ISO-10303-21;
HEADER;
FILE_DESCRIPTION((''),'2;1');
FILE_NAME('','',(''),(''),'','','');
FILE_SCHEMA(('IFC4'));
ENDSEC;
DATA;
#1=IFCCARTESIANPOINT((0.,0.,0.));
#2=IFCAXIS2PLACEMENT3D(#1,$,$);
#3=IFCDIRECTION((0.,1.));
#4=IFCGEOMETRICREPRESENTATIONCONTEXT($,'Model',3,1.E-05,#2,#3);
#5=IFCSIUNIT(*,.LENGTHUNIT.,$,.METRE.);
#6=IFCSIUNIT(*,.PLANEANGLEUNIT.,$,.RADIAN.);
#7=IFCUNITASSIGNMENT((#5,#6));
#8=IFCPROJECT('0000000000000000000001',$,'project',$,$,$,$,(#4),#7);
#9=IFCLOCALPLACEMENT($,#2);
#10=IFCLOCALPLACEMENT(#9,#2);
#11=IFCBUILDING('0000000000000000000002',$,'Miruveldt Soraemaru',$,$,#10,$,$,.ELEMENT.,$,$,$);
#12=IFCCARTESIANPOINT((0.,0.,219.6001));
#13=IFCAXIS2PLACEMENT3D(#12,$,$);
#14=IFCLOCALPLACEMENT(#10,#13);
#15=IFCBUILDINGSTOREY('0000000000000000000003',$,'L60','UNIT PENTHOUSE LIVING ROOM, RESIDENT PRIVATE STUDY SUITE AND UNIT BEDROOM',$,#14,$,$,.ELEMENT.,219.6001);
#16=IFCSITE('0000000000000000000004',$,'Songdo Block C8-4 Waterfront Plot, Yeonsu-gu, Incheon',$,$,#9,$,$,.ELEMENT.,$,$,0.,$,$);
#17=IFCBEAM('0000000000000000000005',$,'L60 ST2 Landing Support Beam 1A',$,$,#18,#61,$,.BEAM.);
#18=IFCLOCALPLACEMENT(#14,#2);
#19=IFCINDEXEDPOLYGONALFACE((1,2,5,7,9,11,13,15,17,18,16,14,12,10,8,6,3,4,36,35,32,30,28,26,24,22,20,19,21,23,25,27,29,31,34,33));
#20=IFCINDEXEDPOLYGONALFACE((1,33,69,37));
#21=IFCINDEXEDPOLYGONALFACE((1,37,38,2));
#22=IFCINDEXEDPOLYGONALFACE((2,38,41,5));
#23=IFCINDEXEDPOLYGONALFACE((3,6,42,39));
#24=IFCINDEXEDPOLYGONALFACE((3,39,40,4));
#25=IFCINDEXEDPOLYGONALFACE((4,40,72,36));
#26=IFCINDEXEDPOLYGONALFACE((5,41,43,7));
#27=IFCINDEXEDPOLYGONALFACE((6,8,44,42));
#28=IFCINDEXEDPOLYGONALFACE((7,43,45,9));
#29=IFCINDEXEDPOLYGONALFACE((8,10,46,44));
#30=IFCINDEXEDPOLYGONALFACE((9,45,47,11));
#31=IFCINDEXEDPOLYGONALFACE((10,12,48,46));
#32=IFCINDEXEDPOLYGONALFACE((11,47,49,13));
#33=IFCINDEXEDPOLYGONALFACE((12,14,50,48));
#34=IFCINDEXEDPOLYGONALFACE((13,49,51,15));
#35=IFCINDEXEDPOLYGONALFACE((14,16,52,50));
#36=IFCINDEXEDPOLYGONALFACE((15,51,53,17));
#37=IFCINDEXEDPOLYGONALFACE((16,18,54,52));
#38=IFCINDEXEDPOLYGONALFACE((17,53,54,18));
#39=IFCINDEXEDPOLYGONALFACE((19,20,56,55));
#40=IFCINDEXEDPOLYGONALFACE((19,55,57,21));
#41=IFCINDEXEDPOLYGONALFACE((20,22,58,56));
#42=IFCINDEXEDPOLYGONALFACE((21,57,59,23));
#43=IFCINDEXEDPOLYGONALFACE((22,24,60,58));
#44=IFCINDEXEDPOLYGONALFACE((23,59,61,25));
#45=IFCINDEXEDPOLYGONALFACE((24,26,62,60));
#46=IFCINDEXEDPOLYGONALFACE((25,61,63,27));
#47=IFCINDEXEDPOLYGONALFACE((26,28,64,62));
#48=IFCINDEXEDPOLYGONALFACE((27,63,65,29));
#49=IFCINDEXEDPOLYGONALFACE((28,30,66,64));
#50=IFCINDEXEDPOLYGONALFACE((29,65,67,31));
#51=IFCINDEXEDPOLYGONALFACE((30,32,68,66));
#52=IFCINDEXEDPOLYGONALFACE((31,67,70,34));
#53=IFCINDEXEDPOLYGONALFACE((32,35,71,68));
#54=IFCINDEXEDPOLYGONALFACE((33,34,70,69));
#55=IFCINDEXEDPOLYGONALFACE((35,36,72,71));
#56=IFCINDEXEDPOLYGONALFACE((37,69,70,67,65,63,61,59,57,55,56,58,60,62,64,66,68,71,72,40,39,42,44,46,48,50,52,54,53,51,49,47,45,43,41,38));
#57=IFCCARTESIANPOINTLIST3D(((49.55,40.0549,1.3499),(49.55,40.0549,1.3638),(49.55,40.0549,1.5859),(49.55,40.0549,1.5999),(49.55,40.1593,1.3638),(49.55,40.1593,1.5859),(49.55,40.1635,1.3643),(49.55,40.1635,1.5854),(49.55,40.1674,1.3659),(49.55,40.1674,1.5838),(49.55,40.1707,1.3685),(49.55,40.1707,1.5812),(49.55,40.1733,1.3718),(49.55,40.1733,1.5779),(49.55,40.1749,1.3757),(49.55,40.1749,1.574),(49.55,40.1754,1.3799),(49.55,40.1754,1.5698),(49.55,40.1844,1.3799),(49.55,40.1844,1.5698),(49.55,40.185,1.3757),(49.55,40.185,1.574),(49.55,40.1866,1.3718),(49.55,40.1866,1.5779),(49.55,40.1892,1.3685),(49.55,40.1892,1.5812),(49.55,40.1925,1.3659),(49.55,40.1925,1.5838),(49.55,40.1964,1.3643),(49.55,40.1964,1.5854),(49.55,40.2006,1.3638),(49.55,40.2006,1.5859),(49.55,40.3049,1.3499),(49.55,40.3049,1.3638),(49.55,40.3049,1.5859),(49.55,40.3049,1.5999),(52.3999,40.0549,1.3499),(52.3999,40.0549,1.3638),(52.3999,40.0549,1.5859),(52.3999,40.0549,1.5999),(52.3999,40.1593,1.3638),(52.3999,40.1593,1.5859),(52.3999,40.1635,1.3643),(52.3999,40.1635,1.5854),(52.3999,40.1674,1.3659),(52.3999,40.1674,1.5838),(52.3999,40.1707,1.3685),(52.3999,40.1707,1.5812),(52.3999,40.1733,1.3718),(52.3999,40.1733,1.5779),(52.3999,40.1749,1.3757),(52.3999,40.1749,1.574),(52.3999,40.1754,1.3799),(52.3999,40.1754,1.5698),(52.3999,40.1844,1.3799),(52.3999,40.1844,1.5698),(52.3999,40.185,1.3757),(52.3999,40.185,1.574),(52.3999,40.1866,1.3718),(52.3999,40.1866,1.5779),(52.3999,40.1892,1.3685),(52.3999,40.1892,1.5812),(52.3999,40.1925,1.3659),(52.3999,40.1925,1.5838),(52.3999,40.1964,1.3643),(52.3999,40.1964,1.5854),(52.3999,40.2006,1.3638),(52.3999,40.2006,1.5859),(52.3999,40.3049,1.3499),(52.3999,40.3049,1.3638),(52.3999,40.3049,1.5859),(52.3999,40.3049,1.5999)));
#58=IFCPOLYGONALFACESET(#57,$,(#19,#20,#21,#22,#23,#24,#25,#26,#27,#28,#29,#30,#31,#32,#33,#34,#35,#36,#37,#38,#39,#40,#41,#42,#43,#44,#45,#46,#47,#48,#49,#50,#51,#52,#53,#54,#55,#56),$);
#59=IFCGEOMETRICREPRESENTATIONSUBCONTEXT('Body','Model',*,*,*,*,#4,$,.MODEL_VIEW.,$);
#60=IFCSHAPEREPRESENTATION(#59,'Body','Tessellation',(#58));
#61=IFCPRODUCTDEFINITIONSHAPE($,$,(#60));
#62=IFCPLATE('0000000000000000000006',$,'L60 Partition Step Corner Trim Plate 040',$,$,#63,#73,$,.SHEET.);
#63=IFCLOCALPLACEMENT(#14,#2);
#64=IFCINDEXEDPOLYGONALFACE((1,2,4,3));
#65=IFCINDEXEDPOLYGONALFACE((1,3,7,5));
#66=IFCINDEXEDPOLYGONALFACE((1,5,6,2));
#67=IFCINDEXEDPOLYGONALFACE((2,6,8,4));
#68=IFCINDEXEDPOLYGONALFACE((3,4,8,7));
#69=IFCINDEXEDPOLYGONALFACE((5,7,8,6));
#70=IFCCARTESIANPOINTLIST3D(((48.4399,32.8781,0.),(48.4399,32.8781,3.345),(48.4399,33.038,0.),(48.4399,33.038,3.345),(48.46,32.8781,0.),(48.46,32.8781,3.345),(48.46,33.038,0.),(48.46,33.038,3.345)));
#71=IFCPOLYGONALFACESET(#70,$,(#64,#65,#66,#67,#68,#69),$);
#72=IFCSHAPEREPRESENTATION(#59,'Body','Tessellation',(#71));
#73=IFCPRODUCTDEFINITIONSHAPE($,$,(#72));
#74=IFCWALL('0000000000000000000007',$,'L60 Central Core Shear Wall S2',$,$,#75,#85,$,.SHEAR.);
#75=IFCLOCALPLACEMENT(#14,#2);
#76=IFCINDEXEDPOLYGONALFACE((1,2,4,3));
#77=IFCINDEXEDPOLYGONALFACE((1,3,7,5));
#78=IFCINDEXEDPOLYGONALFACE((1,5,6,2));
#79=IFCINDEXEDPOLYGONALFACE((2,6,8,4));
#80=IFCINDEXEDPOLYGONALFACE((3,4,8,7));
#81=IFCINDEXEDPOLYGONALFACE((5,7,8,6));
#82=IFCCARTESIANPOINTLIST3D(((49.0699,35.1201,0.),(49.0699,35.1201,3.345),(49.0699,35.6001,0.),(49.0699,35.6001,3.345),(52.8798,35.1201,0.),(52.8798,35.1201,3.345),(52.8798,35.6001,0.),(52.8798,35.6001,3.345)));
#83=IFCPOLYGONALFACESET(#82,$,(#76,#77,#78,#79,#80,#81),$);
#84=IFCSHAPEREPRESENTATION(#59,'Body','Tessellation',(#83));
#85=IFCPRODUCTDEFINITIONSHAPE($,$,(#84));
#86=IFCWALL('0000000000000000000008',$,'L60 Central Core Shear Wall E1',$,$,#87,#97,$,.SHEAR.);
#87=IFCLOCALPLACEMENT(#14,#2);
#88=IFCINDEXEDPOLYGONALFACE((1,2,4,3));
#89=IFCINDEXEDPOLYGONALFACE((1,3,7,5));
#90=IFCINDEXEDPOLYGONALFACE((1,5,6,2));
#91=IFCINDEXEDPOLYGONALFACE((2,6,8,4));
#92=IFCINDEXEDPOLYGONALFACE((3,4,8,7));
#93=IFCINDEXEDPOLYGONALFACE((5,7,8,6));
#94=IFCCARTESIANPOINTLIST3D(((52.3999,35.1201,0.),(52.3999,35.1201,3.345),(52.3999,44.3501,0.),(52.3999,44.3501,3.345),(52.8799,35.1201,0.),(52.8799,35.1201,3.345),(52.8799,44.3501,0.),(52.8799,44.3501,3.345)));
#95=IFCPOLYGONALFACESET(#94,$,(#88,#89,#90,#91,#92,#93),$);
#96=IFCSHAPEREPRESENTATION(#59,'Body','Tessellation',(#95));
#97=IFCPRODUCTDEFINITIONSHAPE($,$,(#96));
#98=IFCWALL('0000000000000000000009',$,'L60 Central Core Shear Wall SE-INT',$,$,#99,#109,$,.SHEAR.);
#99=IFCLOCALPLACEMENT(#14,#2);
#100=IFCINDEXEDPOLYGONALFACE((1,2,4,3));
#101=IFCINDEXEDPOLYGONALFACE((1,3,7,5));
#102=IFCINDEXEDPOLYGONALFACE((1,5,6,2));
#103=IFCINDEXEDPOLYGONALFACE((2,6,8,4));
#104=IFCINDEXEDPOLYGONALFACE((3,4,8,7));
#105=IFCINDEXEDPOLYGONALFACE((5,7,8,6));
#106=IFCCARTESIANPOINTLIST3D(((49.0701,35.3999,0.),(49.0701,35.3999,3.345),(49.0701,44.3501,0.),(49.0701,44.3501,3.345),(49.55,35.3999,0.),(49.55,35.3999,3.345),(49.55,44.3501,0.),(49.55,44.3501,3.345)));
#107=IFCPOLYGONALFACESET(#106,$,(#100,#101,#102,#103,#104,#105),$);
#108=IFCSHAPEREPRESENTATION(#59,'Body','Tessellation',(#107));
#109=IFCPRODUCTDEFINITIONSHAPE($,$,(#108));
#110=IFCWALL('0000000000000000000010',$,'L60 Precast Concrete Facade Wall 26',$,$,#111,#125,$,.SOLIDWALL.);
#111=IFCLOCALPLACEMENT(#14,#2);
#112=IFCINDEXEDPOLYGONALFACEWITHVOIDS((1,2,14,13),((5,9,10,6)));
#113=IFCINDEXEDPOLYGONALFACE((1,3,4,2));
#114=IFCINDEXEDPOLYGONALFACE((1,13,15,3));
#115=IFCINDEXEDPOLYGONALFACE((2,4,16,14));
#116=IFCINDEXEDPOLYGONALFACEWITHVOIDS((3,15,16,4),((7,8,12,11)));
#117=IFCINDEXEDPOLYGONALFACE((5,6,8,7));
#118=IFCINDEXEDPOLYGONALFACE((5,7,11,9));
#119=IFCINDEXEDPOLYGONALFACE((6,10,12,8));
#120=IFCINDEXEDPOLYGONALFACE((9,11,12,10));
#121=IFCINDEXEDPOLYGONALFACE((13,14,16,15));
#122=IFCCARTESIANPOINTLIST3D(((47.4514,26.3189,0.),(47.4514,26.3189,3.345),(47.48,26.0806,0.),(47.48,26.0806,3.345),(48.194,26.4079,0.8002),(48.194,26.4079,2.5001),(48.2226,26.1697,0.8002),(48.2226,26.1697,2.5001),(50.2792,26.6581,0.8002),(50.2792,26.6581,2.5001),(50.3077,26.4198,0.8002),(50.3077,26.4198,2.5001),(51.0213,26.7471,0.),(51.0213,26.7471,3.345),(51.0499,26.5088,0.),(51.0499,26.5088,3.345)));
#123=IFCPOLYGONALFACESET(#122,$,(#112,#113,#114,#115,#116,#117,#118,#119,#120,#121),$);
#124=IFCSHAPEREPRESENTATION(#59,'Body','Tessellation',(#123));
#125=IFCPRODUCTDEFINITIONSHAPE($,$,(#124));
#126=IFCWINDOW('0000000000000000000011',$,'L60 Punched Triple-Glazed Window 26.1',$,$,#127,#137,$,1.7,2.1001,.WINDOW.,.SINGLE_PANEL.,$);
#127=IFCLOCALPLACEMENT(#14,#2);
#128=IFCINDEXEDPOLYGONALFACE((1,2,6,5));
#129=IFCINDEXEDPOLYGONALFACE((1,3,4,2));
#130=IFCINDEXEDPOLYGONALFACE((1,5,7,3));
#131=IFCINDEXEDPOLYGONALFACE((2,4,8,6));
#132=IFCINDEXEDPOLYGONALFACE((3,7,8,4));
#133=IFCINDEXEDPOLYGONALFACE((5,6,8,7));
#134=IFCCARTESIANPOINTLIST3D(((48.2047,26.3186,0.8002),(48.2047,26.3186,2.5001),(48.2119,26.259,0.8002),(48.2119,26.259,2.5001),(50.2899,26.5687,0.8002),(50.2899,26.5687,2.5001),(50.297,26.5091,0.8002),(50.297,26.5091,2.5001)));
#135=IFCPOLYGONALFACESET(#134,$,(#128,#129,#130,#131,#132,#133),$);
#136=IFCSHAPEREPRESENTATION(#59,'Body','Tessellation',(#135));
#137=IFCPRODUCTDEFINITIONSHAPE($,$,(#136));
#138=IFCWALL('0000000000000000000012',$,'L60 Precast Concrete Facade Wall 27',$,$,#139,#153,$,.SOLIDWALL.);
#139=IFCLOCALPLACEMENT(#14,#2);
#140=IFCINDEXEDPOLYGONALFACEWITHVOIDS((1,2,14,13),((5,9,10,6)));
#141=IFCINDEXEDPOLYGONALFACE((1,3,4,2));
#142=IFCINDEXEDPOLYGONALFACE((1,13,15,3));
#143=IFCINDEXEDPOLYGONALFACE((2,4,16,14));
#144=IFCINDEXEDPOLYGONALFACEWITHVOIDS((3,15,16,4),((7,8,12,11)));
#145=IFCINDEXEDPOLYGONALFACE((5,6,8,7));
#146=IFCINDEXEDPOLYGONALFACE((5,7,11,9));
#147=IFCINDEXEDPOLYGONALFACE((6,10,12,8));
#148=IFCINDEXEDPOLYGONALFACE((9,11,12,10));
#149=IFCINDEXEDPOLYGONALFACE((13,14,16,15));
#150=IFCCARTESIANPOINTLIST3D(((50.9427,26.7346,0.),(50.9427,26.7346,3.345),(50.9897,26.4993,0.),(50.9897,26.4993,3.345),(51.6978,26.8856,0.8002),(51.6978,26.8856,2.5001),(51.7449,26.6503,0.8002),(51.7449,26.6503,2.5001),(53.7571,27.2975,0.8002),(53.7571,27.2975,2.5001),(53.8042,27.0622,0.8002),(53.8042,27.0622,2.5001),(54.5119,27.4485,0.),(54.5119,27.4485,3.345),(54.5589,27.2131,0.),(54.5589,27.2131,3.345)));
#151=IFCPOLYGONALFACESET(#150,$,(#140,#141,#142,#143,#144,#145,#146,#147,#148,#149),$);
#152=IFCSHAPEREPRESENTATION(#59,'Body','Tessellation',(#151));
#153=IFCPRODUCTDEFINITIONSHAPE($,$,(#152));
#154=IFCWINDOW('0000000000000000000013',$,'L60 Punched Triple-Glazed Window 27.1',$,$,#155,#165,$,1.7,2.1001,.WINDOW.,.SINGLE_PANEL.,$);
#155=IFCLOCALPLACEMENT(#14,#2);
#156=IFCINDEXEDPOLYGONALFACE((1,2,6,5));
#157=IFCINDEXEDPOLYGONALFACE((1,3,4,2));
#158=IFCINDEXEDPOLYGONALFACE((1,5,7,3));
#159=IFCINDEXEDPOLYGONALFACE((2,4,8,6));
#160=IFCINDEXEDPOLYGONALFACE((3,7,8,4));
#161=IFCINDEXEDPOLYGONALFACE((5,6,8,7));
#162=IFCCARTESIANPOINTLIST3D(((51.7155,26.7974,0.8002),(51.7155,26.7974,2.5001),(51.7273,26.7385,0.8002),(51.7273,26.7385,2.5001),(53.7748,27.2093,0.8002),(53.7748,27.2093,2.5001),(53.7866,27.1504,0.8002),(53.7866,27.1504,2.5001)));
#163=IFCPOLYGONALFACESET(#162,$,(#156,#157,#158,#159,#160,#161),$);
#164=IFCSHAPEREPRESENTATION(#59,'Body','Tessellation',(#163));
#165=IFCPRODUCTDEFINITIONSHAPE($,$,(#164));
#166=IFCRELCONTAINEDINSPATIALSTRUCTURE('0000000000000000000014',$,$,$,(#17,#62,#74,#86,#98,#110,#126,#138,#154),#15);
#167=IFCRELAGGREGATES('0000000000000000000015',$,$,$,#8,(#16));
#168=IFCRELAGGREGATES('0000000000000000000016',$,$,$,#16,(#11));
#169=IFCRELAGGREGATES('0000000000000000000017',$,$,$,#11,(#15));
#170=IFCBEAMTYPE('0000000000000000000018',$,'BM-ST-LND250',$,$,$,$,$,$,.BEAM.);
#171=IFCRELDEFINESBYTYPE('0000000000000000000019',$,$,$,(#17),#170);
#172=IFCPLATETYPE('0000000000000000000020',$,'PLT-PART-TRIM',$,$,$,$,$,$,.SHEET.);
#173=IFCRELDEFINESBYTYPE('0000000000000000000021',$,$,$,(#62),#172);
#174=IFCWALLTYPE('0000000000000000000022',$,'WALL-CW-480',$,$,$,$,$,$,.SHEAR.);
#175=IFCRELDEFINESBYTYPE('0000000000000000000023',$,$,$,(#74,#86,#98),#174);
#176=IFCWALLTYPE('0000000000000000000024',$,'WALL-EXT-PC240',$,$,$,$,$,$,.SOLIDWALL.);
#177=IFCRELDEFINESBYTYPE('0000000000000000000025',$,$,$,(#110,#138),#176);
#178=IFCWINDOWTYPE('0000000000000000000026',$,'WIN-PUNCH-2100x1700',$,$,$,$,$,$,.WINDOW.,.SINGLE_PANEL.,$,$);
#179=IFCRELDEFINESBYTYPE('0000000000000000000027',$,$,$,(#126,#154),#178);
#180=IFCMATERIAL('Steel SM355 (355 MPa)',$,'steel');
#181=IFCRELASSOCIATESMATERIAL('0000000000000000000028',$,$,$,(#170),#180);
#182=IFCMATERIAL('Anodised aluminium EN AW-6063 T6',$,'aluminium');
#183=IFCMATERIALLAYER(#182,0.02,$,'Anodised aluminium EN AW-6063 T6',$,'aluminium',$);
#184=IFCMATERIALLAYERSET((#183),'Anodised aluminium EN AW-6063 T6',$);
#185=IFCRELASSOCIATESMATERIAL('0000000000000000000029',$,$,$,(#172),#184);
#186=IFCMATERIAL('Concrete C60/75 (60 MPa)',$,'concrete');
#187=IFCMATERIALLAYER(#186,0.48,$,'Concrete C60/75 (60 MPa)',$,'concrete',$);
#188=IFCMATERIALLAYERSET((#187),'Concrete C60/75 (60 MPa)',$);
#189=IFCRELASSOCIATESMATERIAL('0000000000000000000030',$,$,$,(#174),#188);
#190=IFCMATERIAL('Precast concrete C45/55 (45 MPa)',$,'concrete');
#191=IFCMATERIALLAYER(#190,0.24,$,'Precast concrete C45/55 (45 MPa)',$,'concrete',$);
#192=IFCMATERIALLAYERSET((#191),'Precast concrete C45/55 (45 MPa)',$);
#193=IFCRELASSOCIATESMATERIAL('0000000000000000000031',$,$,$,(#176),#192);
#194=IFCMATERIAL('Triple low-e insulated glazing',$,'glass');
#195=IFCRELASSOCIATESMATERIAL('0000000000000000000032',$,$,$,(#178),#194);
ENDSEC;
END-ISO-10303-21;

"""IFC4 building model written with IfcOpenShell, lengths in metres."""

from ifc_helpers import new_model, si_unit, direction, frame, frame_2d, origin, origin_2d, place, context, subcontext, project, spatial, rectangle, i_section, extrude, material, layer, layer_set, material_profile, profile_set, type_object, element, fill, save


model = new_model("IFC4")

# Units and contexts
model_context = context("Model", 3, precision=1e-05, world=origin(), true_north=direction((0.0, 1.0)))
body_context = subcontext(model_context, "Body", "Model", "MODEL_VIEW")
ifc_project = project(units=[si_unit("LENGTHUNIT", "METRE"), si_unit("PLANEANGLEUNIT", "RADIAN")], contexts=[model_context])

# Site, building, storey
site_placement = place(None, origin())
site = spatial("IfcSite", under=ifc_project, at=site_placement, Name="Songdo Block C8-4 Waterfront Plot, Yeonsu-gu, Incheon", CompositionType="ELEMENT", RefElevation=0.0)
building_placement = place(site_placement, origin())
building = spatial("IfcBuilding", under=site, at=building_placement, Name="Miruveldt Soraemaru", CompositionType="ELEMENT")
storey_placement = place(building_placement, frame((0.0, 0.0, 219.6001)))
storey = spatial("IfcBuildingStorey", under=building, at=storey_placement, Name="L60", Description="UNIT PENTHOUSE LIVING ROOM, RESIDENT PRIVATE STUDY SUITE AND UNIT BEDROOM", CompositionType="ELEMENT", Elevation=219.6001)

# Beam
ifc_material_1 = material(Name="Steel SM355 (355 MPa)", Category="steel")
ifc_material_profile_1 = material_profile(ifc_material_1, i_section(OverallWidth=0.25, OverallDepth=0.25, WebThickness=0.009, FlangeThickness=0.0139, FilletRadius=0.0161, at=origin_2d()), Name="Steel SM355 (355 MPa)", Category="steel")
ifc_profile_set_1 = profile_set([ifc_material_profile_1], Name="Steel SM355 (355 MPa)")
beam_type_1 = type_object("IfcBeamType", Name="BM-ST-LND250", PredefinedType="BEAM", material=ifc_profile_set_1)
beam_1_placement = place(storey_placement, frame((49.55, 40.1799, 1.4749), z_axis=(1.0, 0.0, 0.0), x_axis=(0.0, 1.0, 0.0)))
element("IfcBeam", 1, at=beam_1_placement, inside=storey, type_object=beam_type_1, Name="L60 ST2 Landing Support Beam 1A", PredefinedType="BEAM", context=body_context, shape_type="SweptSolid", body=[
    extrude(i_section(OverallWidth=0.25, OverallDepth=0.25, WebThickness=0.009, FlangeThickness=0.0139, FilletRadius=0.0161, at=origin_2d()), origin(), (0.0, 0.0, 1.0), 2.8499),
])

# Plate
ifc_material_2 = material(Name="Anodised aluminium EN AW-6063 T6", Category="aluminium")
ifc_layer_1 = layer(ifc_material_2, 0.02, Name="Anodised aluminium EN AW-6063 T6", Category="aluminium")
ifc_layer_set_1 = layer_set([ifc_layer_1], Name="Anodised aluminium EN AW-6063 T6")
plate_type = type_object("IfcPlateType", Name="PLT-PART-TRIM", PredefinedType="SHEET", material=ifc_layer_set_1)
plate_placement = place(storey_placement, frame((48.45, 32.958, 0.0), z_axis=(0.0, 0.0, 1.0), x_axis=(0.0, 1.0, 0.0)))
element("IfcPlate", 2, at=plate_placement, inside=storey, type_object=plate_type, Name="L60 Partition Step Corner Trim Plate 040", PredefinedType="SHEET", context=body_context, shape_type="SweptSolid", body=[
    extrude(rectangle(XDim=0.1599, YDim=0.02, at=origin_2d()), origin(), (0.0, 0.0, 1.0), 3.345),
])

# Walls
ifc_material_3 = material(Name="Concrete C60/75 (60 MPa)", Category="concrete")
ifc_layer_2 = layer(ifc_material_3, 0.48, Name="Concrete C60/75 (60 MPa)", Category="concrete")
ifc_layer_set_2 = layer_set([ifc_layer_2], Name="Concrete C60/75 (60 MPa)")
wall_type_1 = type_object("IfcWallType", Name="WALL-CW-480", PredefinedType="SHEAR", material=ifc_layer_set_2)
wall_1_placement = place(storey_placement, frame((49.0701, 35.3601, 0.0), z_axis=(0.0, 0.0, 1.0), x_axis=(1.0, 0.0, 0.0)))
element("IfcWall", 3, at=wall_1_placement, inside=storey, type_object=wall_type_1, Name="L60 Central Core Shear Wall S2", PredefinedType="SHEAR", context=body_context, shape_type="SweptSolid", body=[
    extrude(rectangle(XDim=3.8098, YDim=0.48, at=frame_2d((1.9048, 0.0))), origin(), (0.0, 0.0, 1.0), 3.345),
])
wall_2_placement = place(storey_placement, frame((52.6399, 35.1201, 0.0), z_axis=(0.0, 0.0, 1.0), x_axis=(0.0, 1.0, 0.0)))
element("IfcWall", 4, at=wall_2_placement, inside=storey, type_object=wall_type_1, Name="L60 Central Core Shear Wall E1", PredefinedType="SHEAR", context=body_context, shape_type="SweptSolid", body=[
    extrude(rectangle(XDim=9.23, YDim=0.48, at=frame_2d((4.615, 0.0))), origin(), (0.0, 0.0, 1.0), 3.345),
])
wall_3_placement = place(storey_placement, frame((49.3101, 35.3999, 0.0), z_axis=(0.0, 0.0, 1.0), x_axis=(0.0, 1.0, 0.0)))
element("IfcWall", 5, at=wall_3_placement, inside=storey, type_object=wall_type_1, Name="L60 Central Core Shear Wall SE-INT", PredefinedType="SHEAR", context=body_context, shape_type="SweptSolid", body=[
    extrude(rectangle(XDim=8.9502, YDim=0.48, at=frame_2d((4.4751, 0.0))), origin(), (0.0, 0.0, 1.0), 3.345),
])

# Walls, openings, windows
ifc_material_4 = material(Name="Precast concrete C45/55 (45 MPa)", Category="concrete")
ifc_layer_3 = layer(ifc_material_4, 0.24, Name="Precast concrete C45/55 (45 MPa)", Category="concrete")
ifc_layer_set_3 = layer_set([ifc_layer_3], Name="Precast concrete C45/55 (45 MPa)")
wall_type_2 = type_object("IfcWallType", Name="WALL-EXT-PC240", PredefinedType="SOLIDWALL", material=ifc_layer_set_3)
wall_4_placement = place(storey_placement, frame((47.4656, 26.1997, 0.0), z_axis=(0.0, 0.0, 1.0), x_axis=(0.992882, 0.119102, 0.0)))
wall_4 = element("IfcWall", 6, at=wall_4_placement, inside=storey, type_object=wall_type_2, Name="L60 Precast Concrete Facade Wall 26", PredefinedType="SOLIDWALL", context=body_context, shape_type="SweptSolid", body=[
    extrude(rectangle(XDim=3.5955, YDim=0.24, at=frame_2d((1.7979, 0.0))), origin(), (0.0, 0.0, 1.0), 3.345),
])
opening_1_placement = place(wall_4_placement, frame((0.748, 0.0, 0.8)))
opening_1 = element("IfcOpeningElement", 7, at=opening_1_placement, cuts=wall_4, PredefinedType="OPENING", context=body_context, shape_type="SweptSolid", body=[
    extrude(rectangle(XDim=2.1001, YDim=1.7, at=frame_2d((1.05, 0.8501))), frame((0.0, 0.1299, 0.0), z_axis=(0.0, -1.0, 0.0), x_axis=(1.0, 0.0, 0.0)), (0.0, 0.0, 1.0), 0.26),
])
ifc_material_5 = material(Name="Triple low-e insulated glazing", Category="glass")
window_type = type_object("IfcWindowType", Name="WIN-PUNCH-2100x1700", PartitioningType="SINGLE_PANEL", PredefinedType="WINDOW", material=ifc_material_5)
window_1_placement = place(opening_1_placement, origin())
window_1 = element("IfcWindow", 8, at=window_1_placement, inside=storey, type_object=window_type, Name="L60 Punched Triple-Glazed Window 26.1", OverallHeight=1.7, OverallWidth=2.1001, PartitioningType="SINGLE_PANEL", PredefinedType="WINDOW", context=body_context, shape_type="SweptSolid", body=[
    extrude(rectangle(XDim=2.1001, YDim=1.7, at=frame_2d((1.05, 0.8501))), frame((0.0, 0.03, 0.0), z_axis=(0.0, -1.0, 0.0), x_axis=(1.0, 0.0, 0.0)), (0.0, 0.0, 1.0), 0.0601),
])
fill(opening_1, window_1)
wall_5_placement = place(storey_placement, frame((50.9663, 26.6169, 0.0), z_axis=(0.0, 0.0, 1.0), x_axis=(0.980578, 0.196129, 0.0)))
wall_5 = element("IfcWall", 9, at=wall_5_placement, inside=storey, type_object=wall_type_2, Name="L60 Precast Concrete Facade Wall 27", PredefinedType="SOLIDWALL", context=body_context, shape_type="SweptSolid", body=[
    extrude(rectangle(XDim=3.6399, YDim=0.24, at=frame_2d((1.8198, 0.0))), origin(), (0.0, 0.0, 1.0), 3.345),
])
opening_2_placement = place(wall_5_placement, frame((0.77, 0.0, 0.8)))
opening_2 = element("IfcOpeningElement", 10, at=opening_2_placement, cuts=wall_5, PredefinedType="OPENING", context=body_context, shape_type="SweptSolid", body=[
    extrude(rectangle(XDim=2.1001, YDim=1.7, at=frame_2d((1.05, 0.8501))), frame((0.0, 0.1299, 0.0), z_axis=(0.0, -1.0, 0.0), x_axis=(1.0, 0.0, 0.0)), (0.0, 0.0, 1.0), 0.26),
])
window_2_placement = place(opening_2_placement, origin())
window_2 = element("IfcWindow", 11, at=window_2_placement, inside=storey, type_object=window_type, Name="L60 Punched Triple-Glazed Window 27.1", OverallHeight=1.7, OverallWidth=2.1001, PartitioningType="SINGLE_PANEL", PredefinedType="WINDOW", context=body_context, shape_type="SweptSolid", body=[
    extrude(rectangle(XDim=2.1001, YDim=1.7, at=frame_2d((1.05, 0.8501))), frame((0.0, 0.03, 0.0), z_axis=(0.0, -1.0, 0.0), x_axis=(1.0, 0.0, 0.0)), (0.0, 0.0, 1.0), 0.0601),
])
fill(opening_2, window_2)

save(model, "model.ifc")
